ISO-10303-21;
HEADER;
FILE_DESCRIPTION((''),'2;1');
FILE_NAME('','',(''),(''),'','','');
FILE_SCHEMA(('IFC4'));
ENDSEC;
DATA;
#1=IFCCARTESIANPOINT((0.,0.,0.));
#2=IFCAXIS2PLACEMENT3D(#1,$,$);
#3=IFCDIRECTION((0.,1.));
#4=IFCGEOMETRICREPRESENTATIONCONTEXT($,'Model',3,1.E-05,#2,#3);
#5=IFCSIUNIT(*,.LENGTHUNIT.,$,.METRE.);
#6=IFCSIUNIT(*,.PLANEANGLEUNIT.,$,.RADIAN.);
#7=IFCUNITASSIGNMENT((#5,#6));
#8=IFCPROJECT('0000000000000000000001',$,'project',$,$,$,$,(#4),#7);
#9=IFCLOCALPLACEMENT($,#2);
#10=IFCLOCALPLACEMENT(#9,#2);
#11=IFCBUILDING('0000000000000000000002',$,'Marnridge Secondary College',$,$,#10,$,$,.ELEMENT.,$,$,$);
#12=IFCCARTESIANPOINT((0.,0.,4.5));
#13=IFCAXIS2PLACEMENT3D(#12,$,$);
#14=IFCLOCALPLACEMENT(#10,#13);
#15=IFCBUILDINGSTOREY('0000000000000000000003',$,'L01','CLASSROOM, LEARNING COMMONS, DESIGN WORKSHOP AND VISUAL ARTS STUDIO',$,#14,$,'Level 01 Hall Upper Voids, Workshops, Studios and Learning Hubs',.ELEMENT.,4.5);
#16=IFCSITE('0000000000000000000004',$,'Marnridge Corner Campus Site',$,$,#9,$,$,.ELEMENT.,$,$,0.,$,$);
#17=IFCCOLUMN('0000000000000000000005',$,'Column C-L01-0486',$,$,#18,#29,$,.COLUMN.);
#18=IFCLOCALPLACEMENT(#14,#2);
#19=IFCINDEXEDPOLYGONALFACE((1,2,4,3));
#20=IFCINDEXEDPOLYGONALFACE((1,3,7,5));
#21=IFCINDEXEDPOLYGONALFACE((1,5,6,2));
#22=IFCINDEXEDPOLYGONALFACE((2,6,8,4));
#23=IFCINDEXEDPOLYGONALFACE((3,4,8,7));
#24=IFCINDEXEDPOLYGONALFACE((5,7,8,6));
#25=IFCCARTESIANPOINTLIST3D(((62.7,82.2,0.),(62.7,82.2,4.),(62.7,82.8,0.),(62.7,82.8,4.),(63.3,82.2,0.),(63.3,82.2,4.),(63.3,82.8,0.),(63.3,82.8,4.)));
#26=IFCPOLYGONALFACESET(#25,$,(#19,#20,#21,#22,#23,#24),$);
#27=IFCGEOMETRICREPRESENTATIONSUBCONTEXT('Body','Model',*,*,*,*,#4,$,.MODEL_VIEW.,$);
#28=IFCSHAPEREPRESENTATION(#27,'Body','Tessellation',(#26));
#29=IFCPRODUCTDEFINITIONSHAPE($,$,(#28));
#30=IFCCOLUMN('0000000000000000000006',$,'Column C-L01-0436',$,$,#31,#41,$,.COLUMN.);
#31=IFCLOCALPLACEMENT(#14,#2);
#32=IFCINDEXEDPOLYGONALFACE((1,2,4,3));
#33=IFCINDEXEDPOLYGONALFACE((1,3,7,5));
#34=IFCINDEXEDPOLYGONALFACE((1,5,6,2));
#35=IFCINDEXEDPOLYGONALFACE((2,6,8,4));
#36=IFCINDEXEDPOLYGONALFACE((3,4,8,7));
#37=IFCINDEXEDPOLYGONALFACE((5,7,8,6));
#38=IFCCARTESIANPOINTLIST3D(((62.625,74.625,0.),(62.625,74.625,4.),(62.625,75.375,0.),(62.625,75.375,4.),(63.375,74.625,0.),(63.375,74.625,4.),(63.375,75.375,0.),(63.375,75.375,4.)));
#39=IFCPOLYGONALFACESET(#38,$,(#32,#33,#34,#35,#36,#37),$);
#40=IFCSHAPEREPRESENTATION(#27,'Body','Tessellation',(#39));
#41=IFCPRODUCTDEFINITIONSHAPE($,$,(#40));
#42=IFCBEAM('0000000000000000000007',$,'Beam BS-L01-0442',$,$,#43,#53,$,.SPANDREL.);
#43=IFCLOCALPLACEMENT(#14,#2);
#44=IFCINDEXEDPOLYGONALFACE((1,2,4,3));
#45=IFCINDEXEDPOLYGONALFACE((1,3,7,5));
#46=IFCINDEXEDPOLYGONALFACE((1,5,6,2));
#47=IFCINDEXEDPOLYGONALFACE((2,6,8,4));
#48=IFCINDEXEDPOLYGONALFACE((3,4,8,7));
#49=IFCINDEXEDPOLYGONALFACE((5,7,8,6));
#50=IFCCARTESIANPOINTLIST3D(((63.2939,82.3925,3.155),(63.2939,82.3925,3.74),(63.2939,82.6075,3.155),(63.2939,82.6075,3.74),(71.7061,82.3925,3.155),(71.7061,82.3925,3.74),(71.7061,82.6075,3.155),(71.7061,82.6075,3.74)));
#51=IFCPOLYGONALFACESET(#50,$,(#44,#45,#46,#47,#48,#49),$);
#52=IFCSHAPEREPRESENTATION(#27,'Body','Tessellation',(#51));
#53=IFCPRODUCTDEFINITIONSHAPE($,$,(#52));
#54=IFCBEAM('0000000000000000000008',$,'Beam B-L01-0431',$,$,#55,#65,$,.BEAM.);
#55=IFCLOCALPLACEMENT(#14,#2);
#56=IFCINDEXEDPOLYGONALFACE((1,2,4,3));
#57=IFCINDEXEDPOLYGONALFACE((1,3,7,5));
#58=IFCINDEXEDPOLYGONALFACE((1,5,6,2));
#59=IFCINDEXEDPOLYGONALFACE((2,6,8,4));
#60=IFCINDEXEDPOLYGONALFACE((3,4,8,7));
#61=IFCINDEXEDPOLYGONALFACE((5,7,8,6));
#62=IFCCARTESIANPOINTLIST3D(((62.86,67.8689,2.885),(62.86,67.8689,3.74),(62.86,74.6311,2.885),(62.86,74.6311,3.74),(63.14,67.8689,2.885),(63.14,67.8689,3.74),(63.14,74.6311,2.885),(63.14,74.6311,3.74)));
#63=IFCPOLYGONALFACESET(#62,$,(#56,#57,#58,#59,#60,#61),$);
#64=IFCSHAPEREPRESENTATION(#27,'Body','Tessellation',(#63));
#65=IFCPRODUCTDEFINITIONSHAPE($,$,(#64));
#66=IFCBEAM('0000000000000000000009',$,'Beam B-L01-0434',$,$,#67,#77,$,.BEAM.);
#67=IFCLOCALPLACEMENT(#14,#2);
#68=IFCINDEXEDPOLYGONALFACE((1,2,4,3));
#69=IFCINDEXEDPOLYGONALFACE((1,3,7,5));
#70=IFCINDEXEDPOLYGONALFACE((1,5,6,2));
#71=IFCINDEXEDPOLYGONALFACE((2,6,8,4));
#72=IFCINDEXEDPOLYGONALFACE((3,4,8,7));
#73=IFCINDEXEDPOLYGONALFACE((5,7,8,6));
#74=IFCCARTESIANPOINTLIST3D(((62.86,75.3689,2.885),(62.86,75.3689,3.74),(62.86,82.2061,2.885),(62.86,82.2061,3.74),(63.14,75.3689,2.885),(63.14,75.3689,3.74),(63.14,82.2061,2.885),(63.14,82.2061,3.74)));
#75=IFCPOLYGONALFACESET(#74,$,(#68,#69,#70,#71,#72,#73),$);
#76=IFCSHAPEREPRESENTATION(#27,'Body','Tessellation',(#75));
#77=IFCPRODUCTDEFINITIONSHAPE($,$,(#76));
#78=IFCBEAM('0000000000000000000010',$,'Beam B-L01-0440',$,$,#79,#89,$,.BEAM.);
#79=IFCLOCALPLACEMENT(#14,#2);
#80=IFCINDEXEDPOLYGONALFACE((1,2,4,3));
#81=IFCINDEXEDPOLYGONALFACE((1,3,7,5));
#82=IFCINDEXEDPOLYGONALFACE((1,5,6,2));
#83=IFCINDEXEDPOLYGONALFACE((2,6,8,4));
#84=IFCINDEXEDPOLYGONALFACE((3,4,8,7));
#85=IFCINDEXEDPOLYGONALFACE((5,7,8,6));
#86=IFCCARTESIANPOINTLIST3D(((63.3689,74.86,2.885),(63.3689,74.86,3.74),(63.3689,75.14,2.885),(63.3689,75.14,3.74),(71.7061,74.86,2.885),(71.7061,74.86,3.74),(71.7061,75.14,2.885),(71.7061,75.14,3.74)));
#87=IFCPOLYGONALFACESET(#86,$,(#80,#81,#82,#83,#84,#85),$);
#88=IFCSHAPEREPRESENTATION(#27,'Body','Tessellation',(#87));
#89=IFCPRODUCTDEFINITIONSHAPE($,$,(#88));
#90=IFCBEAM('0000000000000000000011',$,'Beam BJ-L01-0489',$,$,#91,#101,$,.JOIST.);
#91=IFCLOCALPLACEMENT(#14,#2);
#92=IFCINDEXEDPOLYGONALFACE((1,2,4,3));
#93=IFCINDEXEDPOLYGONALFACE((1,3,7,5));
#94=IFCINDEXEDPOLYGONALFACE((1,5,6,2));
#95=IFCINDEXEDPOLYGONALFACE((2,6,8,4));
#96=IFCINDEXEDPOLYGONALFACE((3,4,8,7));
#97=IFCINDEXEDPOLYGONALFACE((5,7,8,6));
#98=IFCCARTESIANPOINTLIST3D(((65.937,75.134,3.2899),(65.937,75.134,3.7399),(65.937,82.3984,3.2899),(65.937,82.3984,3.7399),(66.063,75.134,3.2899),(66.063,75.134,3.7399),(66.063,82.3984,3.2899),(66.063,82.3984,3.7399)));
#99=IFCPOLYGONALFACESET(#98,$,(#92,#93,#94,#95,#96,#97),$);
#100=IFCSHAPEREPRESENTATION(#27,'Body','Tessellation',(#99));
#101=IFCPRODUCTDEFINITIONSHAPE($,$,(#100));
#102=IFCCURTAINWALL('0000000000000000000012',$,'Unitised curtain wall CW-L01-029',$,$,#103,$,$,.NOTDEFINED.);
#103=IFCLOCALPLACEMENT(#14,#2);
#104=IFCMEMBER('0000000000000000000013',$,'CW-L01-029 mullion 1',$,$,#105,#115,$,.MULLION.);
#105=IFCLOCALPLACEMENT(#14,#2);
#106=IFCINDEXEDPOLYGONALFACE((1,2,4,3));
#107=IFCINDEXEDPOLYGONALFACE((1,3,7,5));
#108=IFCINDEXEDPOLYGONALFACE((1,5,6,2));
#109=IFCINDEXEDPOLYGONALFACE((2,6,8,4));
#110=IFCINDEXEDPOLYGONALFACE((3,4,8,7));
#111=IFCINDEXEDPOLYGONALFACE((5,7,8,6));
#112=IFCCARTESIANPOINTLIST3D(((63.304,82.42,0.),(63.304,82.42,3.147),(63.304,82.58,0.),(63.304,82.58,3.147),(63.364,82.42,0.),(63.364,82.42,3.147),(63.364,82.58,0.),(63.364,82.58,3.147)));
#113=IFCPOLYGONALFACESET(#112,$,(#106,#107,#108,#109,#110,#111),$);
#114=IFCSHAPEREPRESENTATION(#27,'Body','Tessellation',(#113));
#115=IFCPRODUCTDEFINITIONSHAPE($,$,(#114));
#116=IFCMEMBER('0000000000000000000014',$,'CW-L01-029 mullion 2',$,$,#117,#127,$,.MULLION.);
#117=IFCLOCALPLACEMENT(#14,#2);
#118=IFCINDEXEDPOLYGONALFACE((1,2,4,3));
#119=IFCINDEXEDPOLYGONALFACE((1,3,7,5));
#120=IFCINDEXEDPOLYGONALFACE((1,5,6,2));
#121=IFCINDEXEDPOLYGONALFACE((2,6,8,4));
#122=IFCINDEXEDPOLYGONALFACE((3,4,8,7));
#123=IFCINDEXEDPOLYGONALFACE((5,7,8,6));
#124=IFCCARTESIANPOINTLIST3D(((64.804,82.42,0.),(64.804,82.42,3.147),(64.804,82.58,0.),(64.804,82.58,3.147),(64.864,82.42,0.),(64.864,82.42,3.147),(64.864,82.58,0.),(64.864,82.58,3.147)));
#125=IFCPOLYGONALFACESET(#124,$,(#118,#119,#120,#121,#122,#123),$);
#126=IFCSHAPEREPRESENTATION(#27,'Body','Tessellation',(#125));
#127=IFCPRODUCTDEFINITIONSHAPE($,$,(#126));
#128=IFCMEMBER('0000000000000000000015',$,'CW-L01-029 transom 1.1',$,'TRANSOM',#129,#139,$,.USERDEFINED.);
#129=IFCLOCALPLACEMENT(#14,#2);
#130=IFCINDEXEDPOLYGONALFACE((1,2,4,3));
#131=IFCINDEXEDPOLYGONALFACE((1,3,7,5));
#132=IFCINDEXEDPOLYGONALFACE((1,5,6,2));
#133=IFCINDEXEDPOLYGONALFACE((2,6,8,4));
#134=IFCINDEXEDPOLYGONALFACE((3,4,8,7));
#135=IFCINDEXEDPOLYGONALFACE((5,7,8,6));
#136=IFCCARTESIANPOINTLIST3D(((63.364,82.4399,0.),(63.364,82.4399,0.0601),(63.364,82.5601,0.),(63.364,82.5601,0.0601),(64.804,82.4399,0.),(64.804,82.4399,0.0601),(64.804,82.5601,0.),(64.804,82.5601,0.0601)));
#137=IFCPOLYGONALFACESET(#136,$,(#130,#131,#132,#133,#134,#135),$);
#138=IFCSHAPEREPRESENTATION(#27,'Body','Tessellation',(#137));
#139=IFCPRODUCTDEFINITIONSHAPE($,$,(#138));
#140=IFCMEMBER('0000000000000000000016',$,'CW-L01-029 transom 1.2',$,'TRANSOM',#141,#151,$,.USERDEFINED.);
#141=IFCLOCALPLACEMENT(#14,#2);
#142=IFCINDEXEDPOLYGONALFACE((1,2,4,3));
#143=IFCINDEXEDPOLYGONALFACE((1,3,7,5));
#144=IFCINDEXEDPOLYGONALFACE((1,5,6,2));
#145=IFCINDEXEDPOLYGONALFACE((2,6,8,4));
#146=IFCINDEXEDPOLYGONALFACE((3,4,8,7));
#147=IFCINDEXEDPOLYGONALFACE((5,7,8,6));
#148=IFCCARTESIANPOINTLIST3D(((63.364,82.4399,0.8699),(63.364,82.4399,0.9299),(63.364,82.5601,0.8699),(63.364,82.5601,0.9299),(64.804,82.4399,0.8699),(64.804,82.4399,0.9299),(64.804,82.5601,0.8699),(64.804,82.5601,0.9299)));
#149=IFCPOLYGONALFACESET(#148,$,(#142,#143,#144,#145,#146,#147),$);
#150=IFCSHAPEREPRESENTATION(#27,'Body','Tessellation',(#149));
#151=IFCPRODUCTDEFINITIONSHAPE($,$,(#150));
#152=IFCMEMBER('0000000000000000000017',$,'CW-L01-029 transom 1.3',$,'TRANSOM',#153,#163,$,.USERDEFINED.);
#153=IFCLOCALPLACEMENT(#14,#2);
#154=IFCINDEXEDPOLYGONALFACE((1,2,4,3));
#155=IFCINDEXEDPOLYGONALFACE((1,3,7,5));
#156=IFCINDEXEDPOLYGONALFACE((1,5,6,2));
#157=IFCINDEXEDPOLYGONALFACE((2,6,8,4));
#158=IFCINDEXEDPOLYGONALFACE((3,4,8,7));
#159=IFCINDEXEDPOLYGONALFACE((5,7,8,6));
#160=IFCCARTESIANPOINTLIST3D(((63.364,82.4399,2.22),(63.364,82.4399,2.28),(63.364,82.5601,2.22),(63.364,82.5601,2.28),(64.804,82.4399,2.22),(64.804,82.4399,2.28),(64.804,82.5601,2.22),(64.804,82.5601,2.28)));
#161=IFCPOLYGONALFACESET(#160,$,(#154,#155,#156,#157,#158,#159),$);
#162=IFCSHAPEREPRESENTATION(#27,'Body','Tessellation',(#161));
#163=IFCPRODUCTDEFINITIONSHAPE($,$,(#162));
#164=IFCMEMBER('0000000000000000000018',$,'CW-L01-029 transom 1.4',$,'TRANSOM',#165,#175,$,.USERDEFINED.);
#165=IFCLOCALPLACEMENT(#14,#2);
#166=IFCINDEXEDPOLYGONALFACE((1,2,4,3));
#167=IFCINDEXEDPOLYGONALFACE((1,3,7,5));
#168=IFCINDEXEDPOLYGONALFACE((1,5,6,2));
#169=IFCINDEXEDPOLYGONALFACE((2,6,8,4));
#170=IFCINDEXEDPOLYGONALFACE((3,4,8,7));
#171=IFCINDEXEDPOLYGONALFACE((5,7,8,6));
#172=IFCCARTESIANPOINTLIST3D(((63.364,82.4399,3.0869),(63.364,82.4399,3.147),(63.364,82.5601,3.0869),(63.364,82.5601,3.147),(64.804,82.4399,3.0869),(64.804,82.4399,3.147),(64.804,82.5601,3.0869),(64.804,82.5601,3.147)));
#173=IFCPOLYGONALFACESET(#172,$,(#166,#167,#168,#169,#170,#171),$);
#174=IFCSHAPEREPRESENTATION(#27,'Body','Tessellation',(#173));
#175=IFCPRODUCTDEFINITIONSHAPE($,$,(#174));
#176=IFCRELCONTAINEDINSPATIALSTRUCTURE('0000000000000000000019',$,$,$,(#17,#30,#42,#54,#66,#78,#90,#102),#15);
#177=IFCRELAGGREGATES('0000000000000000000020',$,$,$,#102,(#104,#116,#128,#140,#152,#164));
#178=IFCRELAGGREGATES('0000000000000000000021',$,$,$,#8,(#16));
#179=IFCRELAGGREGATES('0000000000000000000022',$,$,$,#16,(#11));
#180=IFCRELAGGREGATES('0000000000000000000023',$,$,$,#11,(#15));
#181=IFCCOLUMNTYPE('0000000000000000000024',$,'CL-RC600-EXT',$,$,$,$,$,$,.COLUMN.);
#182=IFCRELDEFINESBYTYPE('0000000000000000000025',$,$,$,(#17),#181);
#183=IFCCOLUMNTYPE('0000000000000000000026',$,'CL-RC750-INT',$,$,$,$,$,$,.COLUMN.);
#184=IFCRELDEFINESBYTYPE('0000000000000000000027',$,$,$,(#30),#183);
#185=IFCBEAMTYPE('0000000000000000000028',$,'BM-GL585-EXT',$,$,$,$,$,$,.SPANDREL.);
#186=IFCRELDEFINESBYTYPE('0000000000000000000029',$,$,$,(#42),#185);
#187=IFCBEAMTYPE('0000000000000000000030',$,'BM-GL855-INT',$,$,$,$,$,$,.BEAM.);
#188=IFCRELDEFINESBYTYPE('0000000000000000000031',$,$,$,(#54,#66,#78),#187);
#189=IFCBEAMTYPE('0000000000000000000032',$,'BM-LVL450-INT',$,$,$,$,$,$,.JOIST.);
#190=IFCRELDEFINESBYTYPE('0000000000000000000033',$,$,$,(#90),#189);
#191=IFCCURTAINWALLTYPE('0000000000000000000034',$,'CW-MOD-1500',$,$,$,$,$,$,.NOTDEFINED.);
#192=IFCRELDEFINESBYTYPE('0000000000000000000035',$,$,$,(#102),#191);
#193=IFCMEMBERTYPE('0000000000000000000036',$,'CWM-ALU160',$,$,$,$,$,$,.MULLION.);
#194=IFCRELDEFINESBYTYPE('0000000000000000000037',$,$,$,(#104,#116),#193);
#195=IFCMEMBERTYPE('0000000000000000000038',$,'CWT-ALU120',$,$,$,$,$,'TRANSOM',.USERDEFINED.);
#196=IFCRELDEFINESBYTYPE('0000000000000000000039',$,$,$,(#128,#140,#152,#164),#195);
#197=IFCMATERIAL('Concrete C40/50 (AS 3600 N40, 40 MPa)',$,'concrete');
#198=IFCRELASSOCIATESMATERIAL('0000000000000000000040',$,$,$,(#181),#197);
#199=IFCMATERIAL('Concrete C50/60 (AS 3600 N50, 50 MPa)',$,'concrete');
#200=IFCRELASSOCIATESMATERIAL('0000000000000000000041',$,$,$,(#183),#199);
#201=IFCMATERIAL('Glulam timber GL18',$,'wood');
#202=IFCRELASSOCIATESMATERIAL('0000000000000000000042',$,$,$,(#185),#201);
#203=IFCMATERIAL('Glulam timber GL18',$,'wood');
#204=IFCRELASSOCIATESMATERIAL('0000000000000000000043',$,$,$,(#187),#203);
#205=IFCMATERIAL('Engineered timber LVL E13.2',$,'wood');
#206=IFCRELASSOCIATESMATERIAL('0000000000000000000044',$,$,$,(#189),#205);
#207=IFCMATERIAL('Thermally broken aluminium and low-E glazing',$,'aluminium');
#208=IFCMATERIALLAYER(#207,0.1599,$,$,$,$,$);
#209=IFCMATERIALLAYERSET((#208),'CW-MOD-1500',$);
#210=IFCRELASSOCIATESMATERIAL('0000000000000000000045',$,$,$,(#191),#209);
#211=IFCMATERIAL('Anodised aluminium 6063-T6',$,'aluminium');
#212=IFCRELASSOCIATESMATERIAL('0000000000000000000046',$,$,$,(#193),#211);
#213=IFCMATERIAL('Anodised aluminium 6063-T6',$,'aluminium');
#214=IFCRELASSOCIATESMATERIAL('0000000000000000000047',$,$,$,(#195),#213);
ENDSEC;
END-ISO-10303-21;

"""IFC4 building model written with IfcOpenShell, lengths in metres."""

from ifc_helpers import new_model, si_unit, direction, frame, origin, origin_2d, place, context, subcontext, project, spatial, rectangle, extrude, material, layer, layer_set, material_profile, profile_set, type_object, element, aggregate, save


model = new_model("IFC4")

# Units and contexts
model_context = context("Model", 3, precision=1e-05, world=origin(), true_north=direction((0.0, 1.0)))
body_context = subcontext(model_context, "Body", "Model", "MODEL_VIEW")
ifc_project = project(units=[si_unit("LENGTHUNIT", "METRE"), si_unit("PLANEANGLEUNIT", "RADIAN")], contexts=[model_context])

# Site, building, storey
site_placement = place(None, origin())
site = spatial("IfcSite", under=ifc_project, at=site_placement, Name="Marnridge Corner Campus Site", CompositionType="ELEMENT", RefElevation=0.0)
building_placement = place(site_placement, origin())
building = spatial("IfcBuilding", under=site, at=building_placement, Name="Marnridge Secondary College", CompositionType="ELEMENT")
storey_placement = place(building_placement, frame((0.0, 0.0, 4.5)))
storey = spatial("IfcBuildingStorey", under=building, at=storey_placement, Name="L01", Description="CLASSROOM, LEARNING COMMONS, DESIGN WORKSHOP AND VISUAL ARTS STUDIO", LongName="Level 01 Hall Upper Voids, Workshops, Studios and Learning Hubs", CompositionType="ELEMENT", Elevation=4.5)

# Columns
ifc_material_1 = material(Name="Concrete C40/50 (AS 3600 N40, 40 MPa)", Category="concrete")
ifc_material_profile_1 = material_profile(ifc_material_1, rectangle(XDim=0.6001, YDim=0.6001, at=origin_2d()), Name="RC 600x600")
ifc_profile_set_1 = profile_set([ifc_material_profile_1], Name="Concrete C40/50 (AS 3600 N40, 40 MPa)")
column_type_1 = type_object("IfcColumnType", Name="CL-RC600-EXT", PredefinedType="COLUMN", material=ifc_profile_set_1)
column_1_placement = place(storey_placement, frame((63.0, 82.5, 0.0), z_axis=(0.0, 0.0, 1.0), x_axis=(1.0, 0.0, 0.0)))
element("IfcColumn", 1, at=column_1_placement, inside=storey, type_object=column_type_1, Name="Column C-L01-0486", PredefinedType="COLUMN", context=body_context, shape_type="SweptSolid", body=[
    extrude(rectangle(XDim=0.6001, YDim=0.6001, at=origin_2d()), origin(), (0.0, 0.0, 1.0), 4.0),
])
ifc_material_2 = material(Name="Concrete C50/60 (AS 3600 N50, 50 MPa)", Category="concrete")
ifc_material_profile_2 = material_profile(ifc_material_2, rectangle(XDim=0.75, YDim=0.75, at=origin_2d()), Name="RC 750x750")
ifc_profile_set_2 = profile_set([ifc_material_profile_2], Name="Concrete C50/60 (AS 3600 N50, 50 MPa)")
column_type_2 = type_object("IfcColumnType", Name="CL-RC750-INT", PredefinedType="COLUMN", material=ifc_profile_set_2)
column_2_placement = place(storey_placement, frame((63.0, 75.0, 0.0), z_axis=(0.0, 0.0, 1.0), x_axis=(1.0, 0.0, 0.0)))
element("IfcColumn", 2, at=column_2_placement, inside=storey, type_object=column_type_2, Name="Column C-L01-0436", PredefinedType="COLUMN", context=body_context, shape_type="SweptSolid", body=[
    extrude(rectangle(XDim=0.75, YDim=0.75, at=origin_2d()), origin(), (0.0, 0.0, 1.0), 4.0),
])

# Beams
ifc_material_3 = material(Name="Glulam timber GL18", Category="wood")
ifc_material_profile_3 = material_profile(ifc_material_3, rectangle(XDim=0.2151, YDim=0.585, at=origin_2d()), Name="GL18 215x585")
ifc_profile_set_3 = profile_set([ifc_material_profile_3], Name="Glulam timber GL18")
beam_type_1 = type_object("IfcBeamType", Name="BM-GL585-EXT", PredefinedType="SPANDREL", material=ifc_profile_set_3)
beam_1_placement = place(storey_placement, frame((63.2939, 82.5, 3.4475), z_axis=(1.0, 0.0, 0.0), x_axis=(0.0, 1.0, 0.0)))
element("IfcBeam", 3, at=beam_1_placement, inside=storey, type_object=beam_type_1, Name="Beam BS-L01-0442", PredefinedType="SPANDREL", context=body_context, shape_type="SweptSolid", body=[
    extrude(rectangle(XDim=0.2151, YDim=0.585, at=origin_2d()), origin(), (0.0, 0.0, 1.0), 8.4121),
])
ifc_material_4 = material(Name="Glulam timber GL18", Category="wood")
ifc_material_profile_4 = material_profile(ifc_material_4, rectangle(XDim=0.28, YDim=0.855, at=origin_2d()), Name="GL18 280x855")
ifc_profile_set_4 = profile_set([ifc_material_profile_4], Name="Glulam timber GL18")
beam_type_2 = type_object("IfcBeamType", Name="BM-GL855-INT", PredefinedType="BEAM", material=ifc_profile_set_4)
beam_2_placement = place(storey_placement, frame((63.0, 67.8689, 3.3125), z_axis=(0.0, 1.0, 0.0), x_axis=(-1.0, 0.0, 0.0)))
element("IfcBeam", 4, at=beam_2_placement, inside=storey, type_object=beam_type_2, Name="Beam B-L01-0431", PredefinedType="BEAM", context=body_context, shape_type="SweptSolid", body=[
    extrude(rectangle(XDim=0.28, YDim=0.855, at=origin_2d()), origin(), (0.0, 0.0, 1.0), 6.7622),
])
beam_3_placement = place(storey_placement, frame((63.0, 75.3689, 3.3125), z_axis=(0.0, 1.0, 0.0), x_axis=(-1.0, 0.0, 0.0)))
element("IfcBeam", 5, at=beam_3_placement, inside=storey, type_object=beam_type_2, Name="Beam B-L01-0434", PredefinedType="BEAM", context=body_context, shape_type="SweptSolid", body=[
    extrude(rectangle(XDim=0.28, YDim=0.855, at=origin_2d()), origin(), (0.0, 0.0, 1.0), 6.8372),
])
beam_4_placement = place(storey_placement, frame((63.3689, 75.0, 3.3125), z_axis=(1.0, 0.0, 0.0), x_axis=(0.0, 1.0, 0.0)))
element("IfcBeam", 6, at=beam_4_placement, inside=storey, type_object=beam_type_2, Name="Beam B-L01-0440", PredefinedType="BEAM", context=body_context, shape_type="SweptSolid", body=[
    extrude(rectangle(XDim=0.28, YDim=0.855, at=origin_2d()), origin(), (0.0, 0.0, 1.0), 8.3372),
])
ifc_material_5 = material(Name="Engineered timber LVL E13.2", Category="wood")
ifc_material_profile_5 = material_profile(ifc_material_5, rectangle(XDim=0.126, YDim=0.45, at=origin_2d()), Name="LVL 126x450")
ifc_profile_set_5 = profile_set([ifc_material_profile_5], Name="Engineered timber LVL E13.2")
beam_type_3 = type_object("IfcBeamType", Name="BM-LVL450-INT", PredefinedType="JOIST", material=ifc_profile_set_5)
beam_5_placement = place(storey_placement, frame((66.0, 75.134, 3.5149), z_axis=(0.0, 1.0, 0.0), x_axis=(-1.0, 0.0, 0.0)))
element("IfcBeam", 7, at=beam_5_placement, inside=storey, type_object=beam_type_3, Name="Beam BJ-L01-0489", PredefinedType="JOIST", context=body_context, shape_type="SweptSolid", body=[
    extrude(rectangle(XDim=0.126, YDim=0.45, at=origin_2d()), origin(), (0.0, 0.0, 1.0), 7.2644),
])

# Curtain wall, members
ifc_material_6 = material(Name="Thermally broken aluminium and low-E glazing", Category="aluminium")
ifc_layer_1 = layer(ifc_material_6, 0.1599)
ifc_layer_set_1 = layer_set([ifc_layer_1], Name="CW-MOD-1500")
curtain_wall_type = type_object("IfcCurtainWallType", Name="CW-MOD-1500", PredefinedType="NOTDEFINED", material=ifc_layer_set_1)
curtain_wall_placement = place(storey_placement, origin())
curtain_wall = element("IfcCurtainWall", 8, at=curtain_wall_placement, inside=storey, type_object=curtain_wall_type, Name="Unitised curtain wall CW-L01-029", PredefinedType="NOTDEFINED")
ifc_material_7 = material(Name="Anodised aluminium 6063-T6", Category="aluminium")
ifc_material_profile_6 = material_profile(ifc_material_7, rectangle(XDim=0.0601, YDim=0.1599, at=origin_2d()), Name="ALU 60x160")
ifc_profile_set_6 = profile_set([ifc_material_profile_6], Name="Anodised aluminium 6063-T6")
member_type_1 = type_object("IfcMemberType", Name="CWM-ALU160", PredefinedType="MULLION", material=ifc_profile_set_6)
member_1_placement = place(storey_placement, frame((63.334, 82.5, 0.0), z_axis=(0.0, 0.0, 1.0), x_axis=(1.0, 0.0, 0.0)))
member_1 = element("IfcMember", 9, at=member_1_placement, type_object=member_type_1, Name="CW-L01-029 mullion 1", PredefinedType="MULLION", context=body_context, shape_type="SweptSolid", body=[
    extrude(rectangle(XDim=0.0601, YDim=0.1599, at=origin_2d()), origin(), (0.0, 0.0, 1.0), 3.147),
])
member_2_placement = place(storey_placement, frame((64.834, 82.5, 0.0), z_axis=(0.0, 0.0, 1.0), x_axis=(1.0, 0.0, 0.0)))
member_2 = element("IfcMember", 10, at=member_2_placement, type_object=member_type_1, Name="CW-L01-029 mullion 2", PredefinedType="MULLION", context=body_context, shape_type="SweptSolid", body=[
    extrude(rectangle(XDim=0.0601, YDim=0.1599, at=origin_2d()), origin(), (0.0, 0.0, 1.0), 3.147),
])
ifc_material_8 = material(Name="Anodised aluminium 6063-T6", Category="aluminium")
ifc_material_profile_7 = material_profile(ifc_material_8, rectangle(XDim=0.0601, YDim=0.1201, at=origin_2d()), Name="ALU 60x120")
ifc_profile_set_7 = profile_set([ifc_material_profile_7], Name="Anodised aluminium 6063-T6")
member_type_2 = type_object("IfcMemberType", Name="CWT-ALU120", ElementType="TRANSOM", PredefinedType="USERDEFINED", material=ifc_profile_set_7)
member_3_placement = place(storey_placement, frame((63.364, 82.5, 0.03), z_axis=(1.0, 0.0, 0.0), x_axis=(0.0, 0.0, 1.0)))
member_3 = element("IfcMember", 11, at=member_3_placement, type_object=member_type_2, Name="CW-L01-029 transom 1.1", ObjectType="TRANSOM", PredefinedType="USERDEFINED", context=body_context, shape_type="SweptSolid", body=[
    extrude(rectangle(XDim=0.0601, YDim=0.1201, at=origin_2d()), origin(), (0.0, 0.0, 1.0), 1.4399),
])
member_4_placement = place(storey_placement, frame((63.364, 82.5, 0.8999), z_axis=(1.0, 0.0, 0.0), x_axis=(0.0, 0.0, 1.0)))
member_4 = element("IfcMember", 12, at=member_4_placement, type_object=member_type_2, Name="CW-L01-029 transom 1.2", ObjectType="TRANSOM", PredefinedType="USERDEFINED", context=body_context, shape_type="SweptSolid", body=[
    extrude(rectangle(XDim=0.0601, YDim=0.1201, at=origin_2d()), origin(), (0.0, 0.0, 1.0), 1.4399),
])
member_5_placement = place(storey_placement, frame((63.364, 82.5, 2.25), z_axis=(1.0, 0.0, 0.0), x_axis=(0.0, 0.0, 1.0)))
member_5 = element("IfcMember", 13, at=member_5_placement, type_object=member_type_2, Name="CW-L01-029 transom 1.3", ObjectType="TRANSOM", PredefinedType="USERDEFINED", context=body_context, shape_type="SweptSolid", body=[
    extrude(rectangle(XDim=0.0601, YDim=0.1201, at=origin_2d()), origin(), (0.0, 0.0, 1.0), 1.4399),
])
member_6_placement = place(storey_placement, frame((63.364, 82.5, 3.1169), z_axis=(1.0, 0.0, 0.0), x_axis=(0.0, 0.0, 1.0)))
member_6 = element("IfcMember", 14, at=member_6_placement, type_object=member_type_2, Name="CW-L01-029 transom 1.4", ObjectType="TRANSOM", PredefinedType="USERDEFINED", context=body_context, shape_type="SweptSolid", body=[
    extrude(rectangle(XDim=0.0601, YDim=0.1201, at=origin_2d()), origin(), (0.0, 0.0, 1.0), 1.4399),
])
aggregate(curtain_wall, [member_1, member_2, member_3, member_4, member_5, member_6])

save(model, "model.ifc")
